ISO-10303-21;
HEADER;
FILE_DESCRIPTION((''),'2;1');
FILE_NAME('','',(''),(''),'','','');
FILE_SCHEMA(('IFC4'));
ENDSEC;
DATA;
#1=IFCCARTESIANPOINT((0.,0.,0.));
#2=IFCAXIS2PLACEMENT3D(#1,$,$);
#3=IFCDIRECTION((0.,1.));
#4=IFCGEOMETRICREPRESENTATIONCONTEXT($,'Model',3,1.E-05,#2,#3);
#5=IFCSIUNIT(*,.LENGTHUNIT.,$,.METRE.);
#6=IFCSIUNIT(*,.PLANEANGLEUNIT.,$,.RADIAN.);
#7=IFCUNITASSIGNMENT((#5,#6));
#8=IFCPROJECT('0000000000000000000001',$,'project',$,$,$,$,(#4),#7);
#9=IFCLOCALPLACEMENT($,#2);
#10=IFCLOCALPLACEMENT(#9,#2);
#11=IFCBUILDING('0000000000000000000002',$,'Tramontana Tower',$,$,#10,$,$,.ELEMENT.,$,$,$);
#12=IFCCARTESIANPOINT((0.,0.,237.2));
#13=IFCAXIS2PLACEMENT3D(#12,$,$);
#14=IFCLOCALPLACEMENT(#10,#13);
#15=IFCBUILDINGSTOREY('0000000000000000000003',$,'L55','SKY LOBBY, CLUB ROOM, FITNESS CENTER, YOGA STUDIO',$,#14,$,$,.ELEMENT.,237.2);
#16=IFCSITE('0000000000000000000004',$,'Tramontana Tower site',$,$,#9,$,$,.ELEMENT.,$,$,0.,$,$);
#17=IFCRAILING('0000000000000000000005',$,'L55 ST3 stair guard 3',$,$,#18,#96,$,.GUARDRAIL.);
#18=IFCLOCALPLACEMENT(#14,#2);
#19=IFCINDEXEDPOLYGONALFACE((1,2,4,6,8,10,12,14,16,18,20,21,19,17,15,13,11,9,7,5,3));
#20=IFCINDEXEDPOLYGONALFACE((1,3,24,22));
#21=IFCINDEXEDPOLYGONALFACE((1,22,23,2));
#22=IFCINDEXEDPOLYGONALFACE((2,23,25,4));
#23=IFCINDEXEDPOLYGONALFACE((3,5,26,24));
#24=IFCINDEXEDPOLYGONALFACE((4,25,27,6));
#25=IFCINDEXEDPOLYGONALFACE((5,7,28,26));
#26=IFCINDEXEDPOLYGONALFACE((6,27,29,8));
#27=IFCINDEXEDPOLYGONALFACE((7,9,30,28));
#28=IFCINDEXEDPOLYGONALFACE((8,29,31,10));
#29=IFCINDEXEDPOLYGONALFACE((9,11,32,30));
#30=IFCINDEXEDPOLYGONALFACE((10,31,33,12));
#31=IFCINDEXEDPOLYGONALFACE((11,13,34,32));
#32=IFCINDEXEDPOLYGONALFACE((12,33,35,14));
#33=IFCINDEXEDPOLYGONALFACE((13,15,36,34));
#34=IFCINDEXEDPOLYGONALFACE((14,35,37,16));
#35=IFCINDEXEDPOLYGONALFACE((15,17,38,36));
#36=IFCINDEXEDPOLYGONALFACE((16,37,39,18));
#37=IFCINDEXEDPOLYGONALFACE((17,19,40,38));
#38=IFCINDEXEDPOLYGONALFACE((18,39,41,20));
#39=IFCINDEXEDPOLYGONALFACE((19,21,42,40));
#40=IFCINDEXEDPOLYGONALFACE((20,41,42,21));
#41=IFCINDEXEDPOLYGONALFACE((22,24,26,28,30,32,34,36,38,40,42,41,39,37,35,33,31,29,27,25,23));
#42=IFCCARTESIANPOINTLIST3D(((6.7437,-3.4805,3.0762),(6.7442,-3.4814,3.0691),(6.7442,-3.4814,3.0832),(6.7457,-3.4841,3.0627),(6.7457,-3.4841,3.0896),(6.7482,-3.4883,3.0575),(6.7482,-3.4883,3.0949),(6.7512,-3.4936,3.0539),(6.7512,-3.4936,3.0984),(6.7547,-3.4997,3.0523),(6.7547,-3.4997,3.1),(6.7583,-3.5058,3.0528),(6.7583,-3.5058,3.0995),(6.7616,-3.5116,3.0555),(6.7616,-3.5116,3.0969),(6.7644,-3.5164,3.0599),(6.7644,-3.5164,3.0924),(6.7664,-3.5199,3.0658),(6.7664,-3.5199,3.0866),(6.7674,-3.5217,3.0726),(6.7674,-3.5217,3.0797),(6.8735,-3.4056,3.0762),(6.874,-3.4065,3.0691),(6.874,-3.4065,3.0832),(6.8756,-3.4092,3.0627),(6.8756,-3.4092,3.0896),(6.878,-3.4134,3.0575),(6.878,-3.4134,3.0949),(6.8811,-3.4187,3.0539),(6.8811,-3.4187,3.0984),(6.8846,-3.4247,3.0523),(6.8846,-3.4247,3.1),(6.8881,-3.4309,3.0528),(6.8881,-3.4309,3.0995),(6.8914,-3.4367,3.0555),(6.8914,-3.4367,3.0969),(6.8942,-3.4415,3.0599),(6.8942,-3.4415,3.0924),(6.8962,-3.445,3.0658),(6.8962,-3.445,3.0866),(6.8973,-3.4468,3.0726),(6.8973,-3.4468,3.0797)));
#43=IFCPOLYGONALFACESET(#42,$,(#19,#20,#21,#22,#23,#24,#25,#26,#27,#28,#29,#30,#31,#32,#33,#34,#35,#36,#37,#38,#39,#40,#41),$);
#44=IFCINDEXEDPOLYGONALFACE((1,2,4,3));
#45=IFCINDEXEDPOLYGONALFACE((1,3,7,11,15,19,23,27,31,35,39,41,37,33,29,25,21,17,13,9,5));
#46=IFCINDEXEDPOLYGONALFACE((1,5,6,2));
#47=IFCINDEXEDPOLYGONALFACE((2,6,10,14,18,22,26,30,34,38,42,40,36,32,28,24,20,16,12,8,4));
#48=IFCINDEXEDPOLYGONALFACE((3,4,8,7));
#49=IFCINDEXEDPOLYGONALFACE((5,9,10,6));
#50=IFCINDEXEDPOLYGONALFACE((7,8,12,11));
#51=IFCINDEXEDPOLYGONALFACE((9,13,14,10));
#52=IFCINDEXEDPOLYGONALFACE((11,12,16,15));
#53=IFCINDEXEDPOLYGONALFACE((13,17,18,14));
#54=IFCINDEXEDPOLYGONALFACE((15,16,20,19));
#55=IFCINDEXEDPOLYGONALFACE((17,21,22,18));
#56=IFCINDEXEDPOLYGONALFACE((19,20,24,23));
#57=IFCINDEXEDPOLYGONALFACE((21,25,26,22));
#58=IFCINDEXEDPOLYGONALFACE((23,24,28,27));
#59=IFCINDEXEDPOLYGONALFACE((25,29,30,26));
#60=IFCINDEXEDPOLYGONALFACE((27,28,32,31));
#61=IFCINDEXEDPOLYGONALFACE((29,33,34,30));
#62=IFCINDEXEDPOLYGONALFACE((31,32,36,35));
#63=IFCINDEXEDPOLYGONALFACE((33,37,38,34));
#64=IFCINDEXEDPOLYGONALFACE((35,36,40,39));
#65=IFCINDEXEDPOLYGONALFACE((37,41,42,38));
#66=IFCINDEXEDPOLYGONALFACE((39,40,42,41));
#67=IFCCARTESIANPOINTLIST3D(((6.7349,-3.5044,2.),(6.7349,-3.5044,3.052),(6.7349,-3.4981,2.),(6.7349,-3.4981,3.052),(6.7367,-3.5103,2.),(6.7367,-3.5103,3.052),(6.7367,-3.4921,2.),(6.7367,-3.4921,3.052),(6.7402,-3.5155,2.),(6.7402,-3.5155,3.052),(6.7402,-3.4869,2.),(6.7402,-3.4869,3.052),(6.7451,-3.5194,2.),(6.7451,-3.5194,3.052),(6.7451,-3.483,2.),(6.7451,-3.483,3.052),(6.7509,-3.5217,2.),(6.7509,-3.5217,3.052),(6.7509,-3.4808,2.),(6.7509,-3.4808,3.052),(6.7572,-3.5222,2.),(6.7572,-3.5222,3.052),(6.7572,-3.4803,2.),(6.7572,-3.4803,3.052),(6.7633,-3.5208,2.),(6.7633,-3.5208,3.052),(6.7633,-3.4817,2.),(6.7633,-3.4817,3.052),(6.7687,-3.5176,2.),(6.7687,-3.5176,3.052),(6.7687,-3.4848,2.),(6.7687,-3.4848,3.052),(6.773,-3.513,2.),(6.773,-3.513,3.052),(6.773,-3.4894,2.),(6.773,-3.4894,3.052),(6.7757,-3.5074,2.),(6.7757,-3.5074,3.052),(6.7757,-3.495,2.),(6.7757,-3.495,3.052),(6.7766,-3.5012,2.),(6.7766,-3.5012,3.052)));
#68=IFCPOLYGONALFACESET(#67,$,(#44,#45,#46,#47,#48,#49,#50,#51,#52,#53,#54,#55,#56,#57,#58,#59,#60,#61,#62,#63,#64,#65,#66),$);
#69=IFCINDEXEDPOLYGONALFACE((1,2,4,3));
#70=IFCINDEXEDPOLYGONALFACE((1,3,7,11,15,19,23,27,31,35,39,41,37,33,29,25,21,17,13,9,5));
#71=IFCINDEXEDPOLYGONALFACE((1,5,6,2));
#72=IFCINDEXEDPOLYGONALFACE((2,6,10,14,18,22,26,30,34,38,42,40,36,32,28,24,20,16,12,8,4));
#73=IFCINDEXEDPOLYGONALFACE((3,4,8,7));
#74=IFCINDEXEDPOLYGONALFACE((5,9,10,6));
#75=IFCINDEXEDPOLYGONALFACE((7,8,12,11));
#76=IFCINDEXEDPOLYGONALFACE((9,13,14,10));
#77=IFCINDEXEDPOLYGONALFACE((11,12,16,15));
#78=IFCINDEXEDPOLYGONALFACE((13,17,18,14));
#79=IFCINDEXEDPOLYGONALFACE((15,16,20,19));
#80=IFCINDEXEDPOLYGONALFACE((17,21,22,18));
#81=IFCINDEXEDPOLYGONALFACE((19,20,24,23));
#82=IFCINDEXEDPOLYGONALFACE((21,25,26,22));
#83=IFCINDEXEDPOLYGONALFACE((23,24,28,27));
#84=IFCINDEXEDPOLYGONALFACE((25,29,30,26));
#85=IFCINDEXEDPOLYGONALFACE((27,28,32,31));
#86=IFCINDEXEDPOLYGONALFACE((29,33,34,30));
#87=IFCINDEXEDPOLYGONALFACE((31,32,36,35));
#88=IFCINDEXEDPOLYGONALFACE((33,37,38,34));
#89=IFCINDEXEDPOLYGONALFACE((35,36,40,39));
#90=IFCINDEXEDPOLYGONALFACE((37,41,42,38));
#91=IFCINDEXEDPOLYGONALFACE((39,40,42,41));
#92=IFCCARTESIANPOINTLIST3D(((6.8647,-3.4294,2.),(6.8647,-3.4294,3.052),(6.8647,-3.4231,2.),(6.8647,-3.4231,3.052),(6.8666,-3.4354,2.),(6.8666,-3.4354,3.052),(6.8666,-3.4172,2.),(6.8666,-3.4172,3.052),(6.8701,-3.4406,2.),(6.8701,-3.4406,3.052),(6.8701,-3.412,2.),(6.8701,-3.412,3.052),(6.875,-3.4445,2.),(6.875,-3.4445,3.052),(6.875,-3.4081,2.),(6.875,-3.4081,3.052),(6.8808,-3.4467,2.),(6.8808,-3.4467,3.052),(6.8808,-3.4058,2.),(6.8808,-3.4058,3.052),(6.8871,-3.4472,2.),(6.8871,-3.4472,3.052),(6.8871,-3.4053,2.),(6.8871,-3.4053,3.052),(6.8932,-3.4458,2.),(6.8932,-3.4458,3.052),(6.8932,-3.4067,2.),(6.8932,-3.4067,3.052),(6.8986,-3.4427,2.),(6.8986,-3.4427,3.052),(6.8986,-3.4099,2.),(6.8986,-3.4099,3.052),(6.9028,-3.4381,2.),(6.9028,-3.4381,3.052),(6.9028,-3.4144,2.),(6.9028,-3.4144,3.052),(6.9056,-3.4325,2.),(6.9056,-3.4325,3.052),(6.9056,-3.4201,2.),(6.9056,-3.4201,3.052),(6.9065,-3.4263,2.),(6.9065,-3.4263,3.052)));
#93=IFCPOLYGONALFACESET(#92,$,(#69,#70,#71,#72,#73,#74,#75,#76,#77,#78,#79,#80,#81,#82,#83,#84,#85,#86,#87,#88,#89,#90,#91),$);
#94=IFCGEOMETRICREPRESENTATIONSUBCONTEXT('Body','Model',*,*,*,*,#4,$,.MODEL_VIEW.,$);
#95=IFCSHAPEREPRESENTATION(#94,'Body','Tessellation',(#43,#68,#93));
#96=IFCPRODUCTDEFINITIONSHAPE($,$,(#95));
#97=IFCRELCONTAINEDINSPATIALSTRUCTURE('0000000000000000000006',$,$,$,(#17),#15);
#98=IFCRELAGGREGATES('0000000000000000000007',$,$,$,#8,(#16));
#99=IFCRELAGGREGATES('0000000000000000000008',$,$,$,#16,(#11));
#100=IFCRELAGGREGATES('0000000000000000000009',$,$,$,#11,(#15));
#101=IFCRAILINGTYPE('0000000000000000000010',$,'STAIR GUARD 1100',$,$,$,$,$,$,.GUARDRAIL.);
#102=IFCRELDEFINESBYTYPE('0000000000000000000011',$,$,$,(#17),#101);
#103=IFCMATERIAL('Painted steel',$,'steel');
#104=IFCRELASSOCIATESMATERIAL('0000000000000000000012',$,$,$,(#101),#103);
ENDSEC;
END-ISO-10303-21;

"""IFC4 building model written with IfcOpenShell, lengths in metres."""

from ifc_helpers import new_model, si_unit, direction, frame, origin, origin_2d, place, context, subcontext, project, spatial, circle, extrude, material, type_object, element, save


model = new_model("IFC4")

# Units and contexts
model_context = context("Model", 3, precision=1e-05, world=origin(), true_north=direction((0.0, 1.0)))
body_context = subcontext(model_context, "Body", "Model", "MODEL_VIEW")
ifc_project = project(units=[si_unit("LENGTHUNIT", "METRE"), si_unit("PLANEANGLEUNIT", "RADIAN")], contexts=[model_context])

# Site, building, storey
site_placement = place(None, origin())
site = spatial("IfcSite", under=ifc_project, at=site_placement, Name="Tramontana Tower site", CompositionType="ELEMENT", RefElevation=0.0)
building_placement = place(site_placement, origin())
building = spatial("IfcBuilding", under=site, at=building_placement, Name="Tramontana Tower", CompositionType="ELEMENT")
storey_placement = place(building_placement, frame((0.0, 0.0, 237.2)))
storey = spatial("IfcBuildingStorey", under=building, at=storey_placement, Name="L55", Description="SKY LOBBY, CLUB ROOM, FITNESS CENTER, YOGA STUDIO", CompositionType="ELEMENT", Elevation=237.2)

# Railing
ifc_material_1 = material(Name="Painted steel", Category="steel")
railing_type_1 = type_object("IfcRailingType", Name="STAIR GUARD 1100", PredefinedType="GUARDRAIL", material=ifc_material_1)
railing_1_placement = place(storey_placement, frame((6.7556, -3.5012, 2.0)))
element("IfcRailing", 1, at=railing_1_placement, inside=storey, type_object=railing_type_1, Name="L55 ST3 stair guard 3", PredefinedType="GUARDRAIL", context=body_context, shape_type="SweptSolid", body=[
    extrude(circle(Radius=0.0239, at=origin_2d()), frame((0.0, 0.0, 1.0762), z_axis=(0.866131, 0.499816, 0.0), x_axis=(-0.499816, 0.866131, 0.0)), (0.0, 0.0, 1.0), 0.1499),
    extrude(circle(Radius=0.021, at=origin_2d()), origin(), (0.0, 0.0, 1.0), 1.052),
    extrude(circle(Radius=0.021, at=origin_2d()), frame((0.1299, 0.075, 0.0)), (0.0, 0.0, 1.0), 1.052),
])

save(model, "model.ifc")
